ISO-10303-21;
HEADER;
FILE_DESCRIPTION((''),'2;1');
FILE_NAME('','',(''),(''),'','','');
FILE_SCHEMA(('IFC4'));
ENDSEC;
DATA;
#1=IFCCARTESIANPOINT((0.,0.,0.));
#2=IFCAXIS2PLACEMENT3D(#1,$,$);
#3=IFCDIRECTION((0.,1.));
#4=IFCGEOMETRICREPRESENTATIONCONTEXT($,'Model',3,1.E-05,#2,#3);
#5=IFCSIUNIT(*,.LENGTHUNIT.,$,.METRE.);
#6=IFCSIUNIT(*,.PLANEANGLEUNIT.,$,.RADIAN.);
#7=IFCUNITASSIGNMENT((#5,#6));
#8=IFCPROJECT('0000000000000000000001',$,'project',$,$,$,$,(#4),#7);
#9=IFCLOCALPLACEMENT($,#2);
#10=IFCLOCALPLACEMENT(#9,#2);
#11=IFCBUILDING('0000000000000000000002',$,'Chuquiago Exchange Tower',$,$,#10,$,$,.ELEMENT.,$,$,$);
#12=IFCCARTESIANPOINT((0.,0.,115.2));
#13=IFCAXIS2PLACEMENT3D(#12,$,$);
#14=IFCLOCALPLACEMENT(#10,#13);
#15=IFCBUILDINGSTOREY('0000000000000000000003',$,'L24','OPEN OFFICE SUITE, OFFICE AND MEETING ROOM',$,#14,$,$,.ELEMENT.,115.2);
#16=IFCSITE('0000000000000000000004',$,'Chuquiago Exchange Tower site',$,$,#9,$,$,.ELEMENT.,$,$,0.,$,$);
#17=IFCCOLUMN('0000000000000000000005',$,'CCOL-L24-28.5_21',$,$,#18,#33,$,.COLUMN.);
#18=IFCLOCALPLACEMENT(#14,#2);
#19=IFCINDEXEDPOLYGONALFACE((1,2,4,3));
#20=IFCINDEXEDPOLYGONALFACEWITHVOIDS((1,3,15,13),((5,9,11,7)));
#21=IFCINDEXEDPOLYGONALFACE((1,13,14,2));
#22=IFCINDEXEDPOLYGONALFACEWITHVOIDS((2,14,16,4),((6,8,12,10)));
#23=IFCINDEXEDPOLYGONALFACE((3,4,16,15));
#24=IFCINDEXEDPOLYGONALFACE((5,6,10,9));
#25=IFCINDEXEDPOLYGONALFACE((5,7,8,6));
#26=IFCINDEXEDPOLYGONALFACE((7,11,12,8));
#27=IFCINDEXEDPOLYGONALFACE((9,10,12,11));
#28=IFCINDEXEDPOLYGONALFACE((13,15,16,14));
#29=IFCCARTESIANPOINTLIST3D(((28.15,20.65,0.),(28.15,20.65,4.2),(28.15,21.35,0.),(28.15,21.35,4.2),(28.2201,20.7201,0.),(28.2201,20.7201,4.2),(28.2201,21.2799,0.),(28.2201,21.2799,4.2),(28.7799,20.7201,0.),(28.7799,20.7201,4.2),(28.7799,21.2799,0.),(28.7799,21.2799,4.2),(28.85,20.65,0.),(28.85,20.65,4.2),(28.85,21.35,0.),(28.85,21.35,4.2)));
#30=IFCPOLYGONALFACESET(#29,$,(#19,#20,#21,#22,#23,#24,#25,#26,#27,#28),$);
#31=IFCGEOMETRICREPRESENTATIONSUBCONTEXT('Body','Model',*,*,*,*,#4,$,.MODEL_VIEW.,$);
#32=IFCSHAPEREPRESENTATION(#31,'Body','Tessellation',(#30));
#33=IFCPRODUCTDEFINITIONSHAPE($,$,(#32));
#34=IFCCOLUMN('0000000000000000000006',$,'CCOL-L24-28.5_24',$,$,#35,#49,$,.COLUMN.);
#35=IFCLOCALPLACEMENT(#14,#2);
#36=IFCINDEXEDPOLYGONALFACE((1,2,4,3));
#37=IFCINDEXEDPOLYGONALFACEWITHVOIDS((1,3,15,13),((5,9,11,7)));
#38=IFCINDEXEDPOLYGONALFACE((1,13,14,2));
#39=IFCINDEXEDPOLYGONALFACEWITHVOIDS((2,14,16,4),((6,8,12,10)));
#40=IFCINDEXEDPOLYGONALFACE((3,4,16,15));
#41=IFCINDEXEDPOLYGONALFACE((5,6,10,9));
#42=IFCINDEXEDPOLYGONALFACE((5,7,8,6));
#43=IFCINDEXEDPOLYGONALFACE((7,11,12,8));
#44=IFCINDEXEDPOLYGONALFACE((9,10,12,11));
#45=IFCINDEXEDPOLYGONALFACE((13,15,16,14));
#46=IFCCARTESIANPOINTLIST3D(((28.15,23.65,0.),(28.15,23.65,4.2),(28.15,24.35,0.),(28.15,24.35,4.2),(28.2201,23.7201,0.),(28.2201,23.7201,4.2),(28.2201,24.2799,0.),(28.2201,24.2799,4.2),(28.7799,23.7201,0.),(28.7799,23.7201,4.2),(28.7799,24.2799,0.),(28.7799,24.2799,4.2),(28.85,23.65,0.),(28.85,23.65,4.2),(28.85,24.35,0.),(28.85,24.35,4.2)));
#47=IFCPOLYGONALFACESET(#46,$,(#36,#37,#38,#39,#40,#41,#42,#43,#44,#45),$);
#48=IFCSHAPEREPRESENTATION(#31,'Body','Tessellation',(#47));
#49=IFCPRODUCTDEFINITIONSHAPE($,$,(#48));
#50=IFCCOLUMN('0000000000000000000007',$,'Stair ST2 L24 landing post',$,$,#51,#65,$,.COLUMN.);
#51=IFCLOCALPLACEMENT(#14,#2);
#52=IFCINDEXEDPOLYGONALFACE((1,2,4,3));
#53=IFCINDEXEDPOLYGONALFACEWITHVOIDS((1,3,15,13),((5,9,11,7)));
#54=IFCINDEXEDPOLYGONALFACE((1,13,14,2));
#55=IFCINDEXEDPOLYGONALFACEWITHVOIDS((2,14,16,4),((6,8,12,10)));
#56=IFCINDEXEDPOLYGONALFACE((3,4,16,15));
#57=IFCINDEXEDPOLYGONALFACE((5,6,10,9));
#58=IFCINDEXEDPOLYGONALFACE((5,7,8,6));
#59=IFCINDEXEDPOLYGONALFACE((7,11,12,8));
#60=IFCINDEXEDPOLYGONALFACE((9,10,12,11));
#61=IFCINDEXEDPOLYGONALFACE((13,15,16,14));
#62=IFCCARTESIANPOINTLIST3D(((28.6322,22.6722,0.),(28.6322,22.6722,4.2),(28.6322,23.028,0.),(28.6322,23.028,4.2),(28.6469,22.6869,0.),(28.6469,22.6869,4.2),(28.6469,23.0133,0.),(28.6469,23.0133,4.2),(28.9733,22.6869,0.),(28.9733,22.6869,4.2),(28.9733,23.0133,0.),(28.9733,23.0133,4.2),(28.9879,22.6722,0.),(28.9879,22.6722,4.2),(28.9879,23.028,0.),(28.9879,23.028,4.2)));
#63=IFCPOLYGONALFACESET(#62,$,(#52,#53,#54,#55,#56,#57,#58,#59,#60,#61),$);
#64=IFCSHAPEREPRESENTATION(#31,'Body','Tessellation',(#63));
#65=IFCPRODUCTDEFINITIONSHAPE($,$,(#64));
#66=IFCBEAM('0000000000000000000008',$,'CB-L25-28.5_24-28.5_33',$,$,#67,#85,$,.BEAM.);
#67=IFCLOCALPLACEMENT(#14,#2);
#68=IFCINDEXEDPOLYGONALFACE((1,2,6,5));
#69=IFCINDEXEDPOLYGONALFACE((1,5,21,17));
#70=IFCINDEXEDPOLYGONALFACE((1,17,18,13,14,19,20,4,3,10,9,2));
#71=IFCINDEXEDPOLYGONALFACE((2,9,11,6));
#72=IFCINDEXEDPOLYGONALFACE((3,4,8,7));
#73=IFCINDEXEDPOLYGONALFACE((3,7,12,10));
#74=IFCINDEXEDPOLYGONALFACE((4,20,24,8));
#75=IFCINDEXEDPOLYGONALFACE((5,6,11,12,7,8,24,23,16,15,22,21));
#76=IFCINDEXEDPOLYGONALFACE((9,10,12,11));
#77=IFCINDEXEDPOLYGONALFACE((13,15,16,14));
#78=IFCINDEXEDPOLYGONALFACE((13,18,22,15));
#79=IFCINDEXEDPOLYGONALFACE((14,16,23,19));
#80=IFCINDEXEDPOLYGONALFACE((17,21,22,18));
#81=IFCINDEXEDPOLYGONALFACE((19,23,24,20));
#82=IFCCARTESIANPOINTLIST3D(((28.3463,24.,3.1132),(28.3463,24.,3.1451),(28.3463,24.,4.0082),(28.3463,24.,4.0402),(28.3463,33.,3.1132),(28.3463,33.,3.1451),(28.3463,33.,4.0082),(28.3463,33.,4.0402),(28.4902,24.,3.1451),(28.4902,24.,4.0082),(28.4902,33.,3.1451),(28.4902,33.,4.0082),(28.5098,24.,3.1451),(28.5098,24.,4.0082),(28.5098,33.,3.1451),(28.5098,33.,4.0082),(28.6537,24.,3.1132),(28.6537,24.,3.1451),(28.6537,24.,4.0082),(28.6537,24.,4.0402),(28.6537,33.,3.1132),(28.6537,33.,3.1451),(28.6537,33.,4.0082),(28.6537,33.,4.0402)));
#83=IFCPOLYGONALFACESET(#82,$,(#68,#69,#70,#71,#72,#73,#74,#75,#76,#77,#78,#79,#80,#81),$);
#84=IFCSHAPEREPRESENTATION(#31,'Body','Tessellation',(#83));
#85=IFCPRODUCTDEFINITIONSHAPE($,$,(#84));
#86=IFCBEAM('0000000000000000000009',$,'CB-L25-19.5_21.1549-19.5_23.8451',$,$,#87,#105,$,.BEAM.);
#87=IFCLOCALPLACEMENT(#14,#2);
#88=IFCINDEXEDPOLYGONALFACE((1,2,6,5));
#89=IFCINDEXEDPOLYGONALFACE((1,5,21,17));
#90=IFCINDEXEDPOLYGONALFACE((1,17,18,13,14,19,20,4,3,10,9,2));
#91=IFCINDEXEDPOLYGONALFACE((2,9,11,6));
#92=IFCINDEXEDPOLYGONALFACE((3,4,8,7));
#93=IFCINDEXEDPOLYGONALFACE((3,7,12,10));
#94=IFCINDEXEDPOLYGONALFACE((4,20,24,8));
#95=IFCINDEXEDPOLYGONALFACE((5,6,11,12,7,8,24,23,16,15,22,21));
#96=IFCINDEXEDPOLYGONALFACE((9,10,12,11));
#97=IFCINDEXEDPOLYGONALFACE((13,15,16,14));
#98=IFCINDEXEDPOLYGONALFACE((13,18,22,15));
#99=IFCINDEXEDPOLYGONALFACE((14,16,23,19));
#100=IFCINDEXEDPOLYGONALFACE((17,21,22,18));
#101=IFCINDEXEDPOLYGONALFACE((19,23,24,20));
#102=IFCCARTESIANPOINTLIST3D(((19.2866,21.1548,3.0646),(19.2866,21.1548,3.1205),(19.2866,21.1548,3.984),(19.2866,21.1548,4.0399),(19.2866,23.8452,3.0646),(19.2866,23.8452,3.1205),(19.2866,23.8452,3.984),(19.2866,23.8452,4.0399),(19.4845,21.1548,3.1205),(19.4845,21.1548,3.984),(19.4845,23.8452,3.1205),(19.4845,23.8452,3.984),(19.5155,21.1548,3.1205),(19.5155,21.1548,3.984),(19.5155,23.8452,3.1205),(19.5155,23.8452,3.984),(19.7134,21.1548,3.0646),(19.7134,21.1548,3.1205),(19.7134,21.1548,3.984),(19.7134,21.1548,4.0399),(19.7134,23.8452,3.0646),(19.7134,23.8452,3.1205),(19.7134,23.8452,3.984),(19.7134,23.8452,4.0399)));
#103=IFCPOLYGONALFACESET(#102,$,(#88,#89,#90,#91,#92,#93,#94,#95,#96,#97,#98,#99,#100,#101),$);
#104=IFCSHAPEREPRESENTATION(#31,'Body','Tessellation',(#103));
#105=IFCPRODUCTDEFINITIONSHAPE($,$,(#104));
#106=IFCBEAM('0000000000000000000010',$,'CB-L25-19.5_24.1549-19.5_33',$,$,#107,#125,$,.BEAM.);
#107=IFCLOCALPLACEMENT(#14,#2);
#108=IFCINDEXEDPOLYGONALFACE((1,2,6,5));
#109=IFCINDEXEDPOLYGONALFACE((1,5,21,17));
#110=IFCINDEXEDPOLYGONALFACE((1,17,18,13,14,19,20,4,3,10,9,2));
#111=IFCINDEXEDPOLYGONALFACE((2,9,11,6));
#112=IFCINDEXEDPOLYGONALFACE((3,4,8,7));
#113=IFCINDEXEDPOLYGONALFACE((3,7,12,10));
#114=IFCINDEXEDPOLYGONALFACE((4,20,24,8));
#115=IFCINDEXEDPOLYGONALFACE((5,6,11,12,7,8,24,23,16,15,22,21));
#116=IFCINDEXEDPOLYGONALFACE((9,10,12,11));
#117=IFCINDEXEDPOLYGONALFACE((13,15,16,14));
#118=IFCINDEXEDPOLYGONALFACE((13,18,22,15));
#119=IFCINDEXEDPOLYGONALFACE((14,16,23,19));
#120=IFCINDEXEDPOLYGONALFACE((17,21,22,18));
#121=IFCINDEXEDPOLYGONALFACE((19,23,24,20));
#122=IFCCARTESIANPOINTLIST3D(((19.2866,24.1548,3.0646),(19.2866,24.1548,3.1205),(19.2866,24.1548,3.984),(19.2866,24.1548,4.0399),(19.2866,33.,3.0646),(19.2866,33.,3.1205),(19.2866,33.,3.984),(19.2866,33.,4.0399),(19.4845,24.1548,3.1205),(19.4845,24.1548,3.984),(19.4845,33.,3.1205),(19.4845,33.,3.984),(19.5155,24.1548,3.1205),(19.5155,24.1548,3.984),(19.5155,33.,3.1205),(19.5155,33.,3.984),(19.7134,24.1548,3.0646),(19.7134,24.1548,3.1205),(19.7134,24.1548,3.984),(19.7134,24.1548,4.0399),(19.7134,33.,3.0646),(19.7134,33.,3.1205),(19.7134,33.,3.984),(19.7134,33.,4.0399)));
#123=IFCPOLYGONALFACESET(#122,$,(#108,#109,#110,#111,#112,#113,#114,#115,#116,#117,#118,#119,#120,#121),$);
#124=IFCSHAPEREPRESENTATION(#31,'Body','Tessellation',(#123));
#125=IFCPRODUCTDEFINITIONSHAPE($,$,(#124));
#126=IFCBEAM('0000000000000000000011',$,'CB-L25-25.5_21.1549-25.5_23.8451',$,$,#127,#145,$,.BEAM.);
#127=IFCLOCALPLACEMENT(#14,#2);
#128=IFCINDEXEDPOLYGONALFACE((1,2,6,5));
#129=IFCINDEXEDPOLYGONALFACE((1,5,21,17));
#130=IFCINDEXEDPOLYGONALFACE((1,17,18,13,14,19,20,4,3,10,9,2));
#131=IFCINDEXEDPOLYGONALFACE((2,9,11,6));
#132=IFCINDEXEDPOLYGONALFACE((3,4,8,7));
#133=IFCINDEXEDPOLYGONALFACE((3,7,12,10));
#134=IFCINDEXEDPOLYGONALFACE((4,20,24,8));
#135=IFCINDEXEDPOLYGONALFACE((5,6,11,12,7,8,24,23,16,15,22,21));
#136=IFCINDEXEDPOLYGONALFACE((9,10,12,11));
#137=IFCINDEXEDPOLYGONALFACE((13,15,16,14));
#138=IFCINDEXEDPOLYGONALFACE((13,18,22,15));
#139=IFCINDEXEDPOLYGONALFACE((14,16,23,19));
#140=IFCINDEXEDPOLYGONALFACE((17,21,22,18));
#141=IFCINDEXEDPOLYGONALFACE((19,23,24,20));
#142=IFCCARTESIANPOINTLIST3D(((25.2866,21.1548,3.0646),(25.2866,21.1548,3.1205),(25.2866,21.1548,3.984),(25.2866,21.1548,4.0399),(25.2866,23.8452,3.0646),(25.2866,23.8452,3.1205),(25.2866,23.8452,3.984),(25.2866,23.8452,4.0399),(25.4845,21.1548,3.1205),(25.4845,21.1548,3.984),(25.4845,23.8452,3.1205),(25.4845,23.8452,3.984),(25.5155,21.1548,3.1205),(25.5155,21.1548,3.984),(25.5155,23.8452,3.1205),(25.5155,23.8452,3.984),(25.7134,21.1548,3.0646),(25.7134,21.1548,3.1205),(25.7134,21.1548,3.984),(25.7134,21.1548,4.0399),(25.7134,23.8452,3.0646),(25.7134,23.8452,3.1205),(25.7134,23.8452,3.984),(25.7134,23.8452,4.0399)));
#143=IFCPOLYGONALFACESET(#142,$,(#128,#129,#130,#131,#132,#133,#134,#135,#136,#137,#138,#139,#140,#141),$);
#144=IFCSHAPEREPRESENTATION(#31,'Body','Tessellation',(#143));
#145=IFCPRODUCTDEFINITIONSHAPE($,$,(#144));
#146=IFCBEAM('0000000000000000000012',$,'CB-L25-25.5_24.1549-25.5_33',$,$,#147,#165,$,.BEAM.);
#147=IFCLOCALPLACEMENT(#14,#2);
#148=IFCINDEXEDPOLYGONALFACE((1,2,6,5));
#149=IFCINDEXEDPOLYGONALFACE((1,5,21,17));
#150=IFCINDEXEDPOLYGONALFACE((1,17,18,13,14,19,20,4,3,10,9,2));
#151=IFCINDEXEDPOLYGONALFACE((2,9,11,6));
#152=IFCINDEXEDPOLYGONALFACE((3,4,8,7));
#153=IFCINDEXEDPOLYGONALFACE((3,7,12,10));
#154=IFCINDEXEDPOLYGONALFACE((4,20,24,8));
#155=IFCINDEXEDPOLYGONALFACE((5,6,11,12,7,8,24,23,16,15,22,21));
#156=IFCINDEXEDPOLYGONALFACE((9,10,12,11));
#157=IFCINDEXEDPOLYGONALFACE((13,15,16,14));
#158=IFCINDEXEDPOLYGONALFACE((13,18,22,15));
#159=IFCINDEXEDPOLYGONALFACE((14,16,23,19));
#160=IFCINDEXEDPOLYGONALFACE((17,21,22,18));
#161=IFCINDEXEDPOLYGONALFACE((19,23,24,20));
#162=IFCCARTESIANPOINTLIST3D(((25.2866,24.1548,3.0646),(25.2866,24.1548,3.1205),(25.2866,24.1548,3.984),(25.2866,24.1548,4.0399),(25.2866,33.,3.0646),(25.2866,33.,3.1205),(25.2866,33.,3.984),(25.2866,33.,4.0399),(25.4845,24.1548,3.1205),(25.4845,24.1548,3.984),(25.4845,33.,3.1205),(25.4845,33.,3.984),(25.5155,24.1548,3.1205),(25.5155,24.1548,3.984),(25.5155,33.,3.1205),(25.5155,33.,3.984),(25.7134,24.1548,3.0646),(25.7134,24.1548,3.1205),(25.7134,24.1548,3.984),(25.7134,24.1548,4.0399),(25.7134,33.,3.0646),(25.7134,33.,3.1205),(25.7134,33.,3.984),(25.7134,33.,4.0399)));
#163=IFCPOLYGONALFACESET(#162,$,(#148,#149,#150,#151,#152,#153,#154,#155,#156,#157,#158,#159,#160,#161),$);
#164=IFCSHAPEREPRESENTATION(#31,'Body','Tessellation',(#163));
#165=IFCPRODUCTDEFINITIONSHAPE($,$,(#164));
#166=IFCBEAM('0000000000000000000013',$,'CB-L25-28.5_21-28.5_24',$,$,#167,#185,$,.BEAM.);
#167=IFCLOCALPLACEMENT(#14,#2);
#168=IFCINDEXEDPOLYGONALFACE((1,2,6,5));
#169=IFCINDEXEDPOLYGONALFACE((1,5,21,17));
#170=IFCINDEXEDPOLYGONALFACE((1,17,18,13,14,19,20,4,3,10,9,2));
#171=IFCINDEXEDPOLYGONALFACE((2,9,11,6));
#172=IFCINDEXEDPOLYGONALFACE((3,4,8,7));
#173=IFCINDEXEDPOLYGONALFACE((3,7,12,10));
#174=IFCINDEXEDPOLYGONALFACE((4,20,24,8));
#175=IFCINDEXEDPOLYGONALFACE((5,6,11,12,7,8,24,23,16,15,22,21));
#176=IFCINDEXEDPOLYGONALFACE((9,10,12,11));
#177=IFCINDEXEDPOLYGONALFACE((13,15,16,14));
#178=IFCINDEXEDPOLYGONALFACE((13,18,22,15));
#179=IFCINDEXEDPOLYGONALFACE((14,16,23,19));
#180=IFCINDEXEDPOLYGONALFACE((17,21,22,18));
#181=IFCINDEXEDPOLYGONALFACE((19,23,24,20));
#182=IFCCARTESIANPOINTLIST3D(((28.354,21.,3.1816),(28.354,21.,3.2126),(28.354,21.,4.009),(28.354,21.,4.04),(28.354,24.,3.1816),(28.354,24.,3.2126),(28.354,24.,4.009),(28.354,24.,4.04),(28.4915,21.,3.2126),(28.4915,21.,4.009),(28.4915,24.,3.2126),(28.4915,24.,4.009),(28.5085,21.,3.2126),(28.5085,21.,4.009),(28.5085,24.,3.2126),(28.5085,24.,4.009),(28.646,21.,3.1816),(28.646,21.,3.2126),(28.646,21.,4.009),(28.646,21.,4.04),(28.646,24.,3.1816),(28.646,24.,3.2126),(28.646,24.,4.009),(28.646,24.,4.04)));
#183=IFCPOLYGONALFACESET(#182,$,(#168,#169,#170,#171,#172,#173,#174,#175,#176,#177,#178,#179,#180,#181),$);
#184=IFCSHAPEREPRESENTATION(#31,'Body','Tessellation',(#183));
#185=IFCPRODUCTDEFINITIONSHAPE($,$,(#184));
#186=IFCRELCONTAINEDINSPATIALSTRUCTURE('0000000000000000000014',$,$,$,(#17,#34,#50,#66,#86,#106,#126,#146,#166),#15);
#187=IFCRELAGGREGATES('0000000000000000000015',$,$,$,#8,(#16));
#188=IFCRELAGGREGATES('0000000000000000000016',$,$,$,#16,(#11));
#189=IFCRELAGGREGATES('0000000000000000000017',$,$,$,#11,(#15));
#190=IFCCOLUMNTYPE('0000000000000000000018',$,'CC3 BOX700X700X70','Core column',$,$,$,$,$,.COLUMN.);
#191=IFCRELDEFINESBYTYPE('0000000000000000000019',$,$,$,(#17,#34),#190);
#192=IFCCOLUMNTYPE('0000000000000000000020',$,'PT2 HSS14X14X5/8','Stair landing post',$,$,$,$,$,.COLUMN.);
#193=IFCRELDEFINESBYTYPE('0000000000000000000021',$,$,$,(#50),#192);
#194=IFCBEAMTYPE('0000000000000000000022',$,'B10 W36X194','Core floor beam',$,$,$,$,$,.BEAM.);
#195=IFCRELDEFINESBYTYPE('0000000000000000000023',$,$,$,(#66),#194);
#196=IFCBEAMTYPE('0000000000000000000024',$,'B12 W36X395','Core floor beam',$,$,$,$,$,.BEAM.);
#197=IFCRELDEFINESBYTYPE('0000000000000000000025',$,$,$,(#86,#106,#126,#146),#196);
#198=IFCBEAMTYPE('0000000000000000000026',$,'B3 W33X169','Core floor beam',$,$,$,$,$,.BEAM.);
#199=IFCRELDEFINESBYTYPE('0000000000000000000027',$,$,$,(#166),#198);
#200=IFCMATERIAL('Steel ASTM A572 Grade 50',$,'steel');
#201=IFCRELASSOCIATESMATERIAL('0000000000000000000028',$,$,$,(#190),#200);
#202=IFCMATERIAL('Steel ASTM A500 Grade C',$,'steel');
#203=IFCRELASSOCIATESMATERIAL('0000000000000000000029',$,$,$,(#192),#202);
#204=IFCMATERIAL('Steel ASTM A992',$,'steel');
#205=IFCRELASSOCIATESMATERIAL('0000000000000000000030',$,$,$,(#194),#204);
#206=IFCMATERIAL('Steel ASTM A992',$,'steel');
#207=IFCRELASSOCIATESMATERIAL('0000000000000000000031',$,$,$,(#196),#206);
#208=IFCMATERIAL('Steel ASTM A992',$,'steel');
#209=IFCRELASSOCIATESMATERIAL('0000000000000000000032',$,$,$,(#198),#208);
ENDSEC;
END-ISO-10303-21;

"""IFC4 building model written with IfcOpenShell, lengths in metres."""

from ifc_helpers import new_model, si_unit, direction, frame, origin, origin_2d, place, context, subcontext, project, spatial, hollow_rectangle, i_section, extrude, material, material_profile, profile_set, type_object, element, save


model = new_model("IFC4")

# Units and contexts
model_context = context("Model", 3, precision=1e-05, world=origin(), true_north=direction((0.0, 1.0)))
body_context = subcontext(model_context, "Body", "Model", "MODEL_VIEW")
ifc_project = project(units=[si_unit("LENGTHUNIT", "METRE"), si_unit("PLANEANGLEUNIT", "RADIAN")], contexts=[model_context])

# Site, building, storey
site_placement = place(None, origin())
site = spatial("IfcSite", under=ifc_project, at=site_placement, Name="Chuquiago Exchange Tower site", CompositionType="ELEMENT", RefElevation=0.0)
building_placement = place(site_placement, origin())
building = spatial("IfcBuilding", under=site, at=building_placement, Name="Chuquiago Exchange Tower", CompositionType="ELEMENT")
storey_placement = place(building_placement, frame((0.0, 0.0, 115.2)))
storey = spatial("IfcBuildingStorey", under=building, at=storey_placement, Name="L24", Description="OPEN OFFICE SUITE, OFFICE AND MEETING ROOM", CompositionType="ELEMENT", Elevation=115.2)

# Columns
ifc_material_1 = material(Name="Steel ASTM A572 Grade 50", Category="steel")
ifc_material_profile_1 = material_profile(ifc_material_1, hollow_rectangle(XDim=0.7, YDim=0.7, WallThickness=0.0701, at=origin_2d()), Name="BOX700X700X70")
ifc_profile_set_1 = profile_set([ifc_material_profile_1], Name="Steel ASTM A572 Grade 50")
column_type_1 = type_object("IfcColumnType", Name="CC3 BOX700X700X70", Description="Core column", PredefinedType="COLUMN", material=ifc_profile_set_1)
for number, where, z_axis, x_axis, name in (
    (1, (28.5, 21.0, 0.0), (0.0, 0.0, 1.0), (1.0, 0.0, 0.0), "CCOL-L24-28.5_21"),
    (2, (28.5, 24.0, 0.0), (0.0, 0.0, 1.0), (1.0, 0.0, 0.0), "CCOL-L24-28.5_24"),
):
    element("IfcColumn", number, at=place(storey_placement, frame(where, z_axis=z_axis, x_axis=x_axis)), inside=storey, type_object=column_type_1, Name=name, PredefinedType="COLUMN", context=body_context, shape_type="SweptSolid", body=[
        extrude(hollow_rectangle(XDim=0.7, YDim=0.7, WallThickness=0.0701, at=origin_2d()), origin(), (0.0, 0.0, 1.0), 4.2),
    ])
ifc_material_2 = material(Name="Steel ASTM A500 Grade C", Category="steel")
ifc_material_profile_2 = material_profile(ifc_material_2, hollow_rectangle(XDim=0.3557, YDim=0.3557, WallThickness=0.0146, at=origin_2d()), Name="HSS14X14X5/8")
ifc_profile_set_2 = profile_set([ifc_material_profile_2], Name="Steel ASTM A500 Grade C")
column_type_2 = type_object("IfcColumnType", Name="PT2 HSS14X14X5/8", Description="Stair landing post", PredefinedType="COLUMN", material=ifc_profile_set_2)
column_placement = place(storey_placement, frame((28.8101, 22.8501, 0.0), z_axis=(0.0, 0.0, 1.0), x_axis=(1.0, 0.0, 0.0)))
element("IfcColumn", 3, at=column_placement, inside=storey, type_object=column_type_2, Name="Stair ST2 L24 landing post", PredefinedType="COLUMN", context=body_context, shape_type="SweptSolid", body=[
    extrude(hollow_rectangle(XDim=0.3557, YDim=0.3557, WallThickness=0.0146, at=origin_2d()), origin(), (0.0, 0.0, 1.0), 4.2),
])

# Beams
ifc_material_3 = material(Name="Steel ASTM A992", Category="steel")
ifc_material_profile_3 = material_profile(ifc_material_3, i_section(OverallWidth=0.3074, OverallDepth=0.927, WebThickness=0.0195, FlangeThickness=0.032, at=origin_2d()), Name="W36X194")
ifc_profile_set_3 = profile_set([ifc_material_profile_3], Name="Steel ASTM A992")
beam_type_1 = type_object("IfcBeamType", Name="B10 W36X194", Description="Core floor beam", PredefinedType="BEAM", material=ifc_profile_set_3)
beam_1_placement = place(storey_placement, frame((28.5, 24.0, 3.5767), z_axis=(0.0, 1.0, 0.0), x_axis=(-1.0, 0.0, 0.0)))
element("IfcBeam", 4, at=beam_1_placement, inside=storey, type_object=beam_type_1, Name="CB-L25-28.5_24-28.5_33", PredefinedType="BEAM", context=body_context, shape_type="SweptSolid", body=[
    extrude(i_section(OverallWidth=0.3074, OverallDepth=0.927, WebThickness=0.0195, FlangeThickness=0.032, at=origin_2d()), origin(), (0.0, 0.0, 1.0), 9.0),
])
ifc_material_4 = material(Name="Steel ASTM A992", Category="steel")
ifc_material_profile_4 = material_profile(ifc_material_4, i_section(OverallWidth=0.4268, OverallDepth=0.9753, WebThickness=0.031, FlangeThickness=0.0559, at=origin_2d()), Name="W36X395")
ifc_profile_set_4 = profile_set([ifc_material_profile_4], Name="Steel ASTM A992")
beam_type_2 = type_object("IfcBeamType", Name="B12 W36X395", Description="Core floor beam", PredefinedType="BEAM", material=ifc_profile_set_4)
beam_2_placement = place(storey_placement, frame((19.5, 21.1548, 3.5522), z_axis=(0.0, 1.0, 0.0), x_axis=(-1.0, 0.0, 0.0)))
element("IfcBeam", 5, at=beam_2_placement, inside=storey, type_object=beam_type_2, Name="CB-L25-19.5_21.1549-19.5_23.8451", PredefinedType="BEAM", context=body_context, shape_type="SweptSolid", body=[
    extrude(i_section(OverallWidth=0.4268, OverallDepth=0.9753, WebThickness=0.031, FlangeThickness=0.0559, at=origin_2d()), origin(), (0.0, 0.0, 1.0), 2.6904),
])
beam_3_placement = place(storey_placement, frame((19.5, 24.1548, 3.5522), z_axis=(0.0, 1.0, 0.0), x_axis=(-1.0, 0.0, 0.0)))
element("IfcBeam", 6, at=beam_3_placement, inside=storey, type_object=beam_type_2, Name="CB-L25-19.5_24.1549-19.5_33", PredefinedType="BEAM", context=body_context, shape_type="SweptSolid", body=[
    extrude(i_section(OverallWidth=0.4268, OverallDepth=0.9753, WebThickness=0.031, FlangeThickness=0.0559, at=origin_2d()), origin(), (0.0, 0.0, 1.0), 8.8452),
])
beam_4_placement = place(storey_placement, frame((25.5, 21.1548, 3.5522), z_axis=(0.0, 1.0, 0.0), x_axis=(-1.0, 0.0, 0.0)))
element("IfcBeam", 7, at=beam_4_placement, inside=storey, type_object=beam_type_2, Name="CB-L25-25.5_21.1549-25.5_23.8451", PredefinedType="BEAM", context=body_context, shape_type="SweptSolid", body=[
    extrude(i_section(OverallWidth=0.4268, OverallDepth=0.9753, WebThickness=0.031, FlangeThickness=0.0559, at=origin_2d()), origin(), (0.0, 0.0, 1.0), 2.6904),
])
beam_5_placement = place(storey_placement, frame((25.5, 24.1548, 3.5522), z_axis=(0.0, 1.0, 0.0), x_axis=(-1.0, 0.0, 0.0)))
element("IfcBeam", 8, at=beam_5_placement, inside=storey, type_object=beam_type_2, Name="CB-L25-25.5_24.1549-25.5_33", PredefinedType="BEAM", context=body_context, shape_type="SweptSolid", body=[
    extrude(i_section(OverallWidth=0.4268, OverallDepth=0.9753, WebThickness=0.031, FlangeThickness=0.0559, at=origin_2d()), origin(), (0.0, 0.0, 1.0), 8.8452),
])
ifc_material_5 = material(Name="Steel ASTM A992", Category="steel")
ifc_material_profile_5 = material_profile(ifc_material_5, i_section(OverallWidth=0.292, OverallDepth=0.8584, WebThickness=0.0171, FlangeThickness=0.031, at=origin_2d()), Name="W33X169")
ifc_profile_set_5 = profile_set([ifc_material_profile_5], Name="Steel ASTM A992")
beam_type_3 = type_object("IfcBeamType", Name="B3 W33X169", Description="Core floor beam", PredefinedType="BEAM", material=ifc_profile_set_5)
beam_6_placement = place(storey_placement, frame((28.5, 21.0, 3.6108), z_axis=(0.0, 1.0, 0.0), x_axis=(-1.0, 0.0, 0.0)))
element("IfcBeam", 9, at=beam_6_placement, inside=storey, type_object=beam_type_3, Name="CB-L25-28.5_21-28.5_24", PredefinedType="BEAM", context=body_context, shape_type="SweptSolid", body=[
    extrude(i_section(OverallWidth=0.292, OverallDepth=0.8584, WebThickness=0.0171, FlangeThickness=0.031, at=origin_2d()), origin(), (0.0, 0.0, 1.0), 3.0),
])

save(model, "model.ifc")
